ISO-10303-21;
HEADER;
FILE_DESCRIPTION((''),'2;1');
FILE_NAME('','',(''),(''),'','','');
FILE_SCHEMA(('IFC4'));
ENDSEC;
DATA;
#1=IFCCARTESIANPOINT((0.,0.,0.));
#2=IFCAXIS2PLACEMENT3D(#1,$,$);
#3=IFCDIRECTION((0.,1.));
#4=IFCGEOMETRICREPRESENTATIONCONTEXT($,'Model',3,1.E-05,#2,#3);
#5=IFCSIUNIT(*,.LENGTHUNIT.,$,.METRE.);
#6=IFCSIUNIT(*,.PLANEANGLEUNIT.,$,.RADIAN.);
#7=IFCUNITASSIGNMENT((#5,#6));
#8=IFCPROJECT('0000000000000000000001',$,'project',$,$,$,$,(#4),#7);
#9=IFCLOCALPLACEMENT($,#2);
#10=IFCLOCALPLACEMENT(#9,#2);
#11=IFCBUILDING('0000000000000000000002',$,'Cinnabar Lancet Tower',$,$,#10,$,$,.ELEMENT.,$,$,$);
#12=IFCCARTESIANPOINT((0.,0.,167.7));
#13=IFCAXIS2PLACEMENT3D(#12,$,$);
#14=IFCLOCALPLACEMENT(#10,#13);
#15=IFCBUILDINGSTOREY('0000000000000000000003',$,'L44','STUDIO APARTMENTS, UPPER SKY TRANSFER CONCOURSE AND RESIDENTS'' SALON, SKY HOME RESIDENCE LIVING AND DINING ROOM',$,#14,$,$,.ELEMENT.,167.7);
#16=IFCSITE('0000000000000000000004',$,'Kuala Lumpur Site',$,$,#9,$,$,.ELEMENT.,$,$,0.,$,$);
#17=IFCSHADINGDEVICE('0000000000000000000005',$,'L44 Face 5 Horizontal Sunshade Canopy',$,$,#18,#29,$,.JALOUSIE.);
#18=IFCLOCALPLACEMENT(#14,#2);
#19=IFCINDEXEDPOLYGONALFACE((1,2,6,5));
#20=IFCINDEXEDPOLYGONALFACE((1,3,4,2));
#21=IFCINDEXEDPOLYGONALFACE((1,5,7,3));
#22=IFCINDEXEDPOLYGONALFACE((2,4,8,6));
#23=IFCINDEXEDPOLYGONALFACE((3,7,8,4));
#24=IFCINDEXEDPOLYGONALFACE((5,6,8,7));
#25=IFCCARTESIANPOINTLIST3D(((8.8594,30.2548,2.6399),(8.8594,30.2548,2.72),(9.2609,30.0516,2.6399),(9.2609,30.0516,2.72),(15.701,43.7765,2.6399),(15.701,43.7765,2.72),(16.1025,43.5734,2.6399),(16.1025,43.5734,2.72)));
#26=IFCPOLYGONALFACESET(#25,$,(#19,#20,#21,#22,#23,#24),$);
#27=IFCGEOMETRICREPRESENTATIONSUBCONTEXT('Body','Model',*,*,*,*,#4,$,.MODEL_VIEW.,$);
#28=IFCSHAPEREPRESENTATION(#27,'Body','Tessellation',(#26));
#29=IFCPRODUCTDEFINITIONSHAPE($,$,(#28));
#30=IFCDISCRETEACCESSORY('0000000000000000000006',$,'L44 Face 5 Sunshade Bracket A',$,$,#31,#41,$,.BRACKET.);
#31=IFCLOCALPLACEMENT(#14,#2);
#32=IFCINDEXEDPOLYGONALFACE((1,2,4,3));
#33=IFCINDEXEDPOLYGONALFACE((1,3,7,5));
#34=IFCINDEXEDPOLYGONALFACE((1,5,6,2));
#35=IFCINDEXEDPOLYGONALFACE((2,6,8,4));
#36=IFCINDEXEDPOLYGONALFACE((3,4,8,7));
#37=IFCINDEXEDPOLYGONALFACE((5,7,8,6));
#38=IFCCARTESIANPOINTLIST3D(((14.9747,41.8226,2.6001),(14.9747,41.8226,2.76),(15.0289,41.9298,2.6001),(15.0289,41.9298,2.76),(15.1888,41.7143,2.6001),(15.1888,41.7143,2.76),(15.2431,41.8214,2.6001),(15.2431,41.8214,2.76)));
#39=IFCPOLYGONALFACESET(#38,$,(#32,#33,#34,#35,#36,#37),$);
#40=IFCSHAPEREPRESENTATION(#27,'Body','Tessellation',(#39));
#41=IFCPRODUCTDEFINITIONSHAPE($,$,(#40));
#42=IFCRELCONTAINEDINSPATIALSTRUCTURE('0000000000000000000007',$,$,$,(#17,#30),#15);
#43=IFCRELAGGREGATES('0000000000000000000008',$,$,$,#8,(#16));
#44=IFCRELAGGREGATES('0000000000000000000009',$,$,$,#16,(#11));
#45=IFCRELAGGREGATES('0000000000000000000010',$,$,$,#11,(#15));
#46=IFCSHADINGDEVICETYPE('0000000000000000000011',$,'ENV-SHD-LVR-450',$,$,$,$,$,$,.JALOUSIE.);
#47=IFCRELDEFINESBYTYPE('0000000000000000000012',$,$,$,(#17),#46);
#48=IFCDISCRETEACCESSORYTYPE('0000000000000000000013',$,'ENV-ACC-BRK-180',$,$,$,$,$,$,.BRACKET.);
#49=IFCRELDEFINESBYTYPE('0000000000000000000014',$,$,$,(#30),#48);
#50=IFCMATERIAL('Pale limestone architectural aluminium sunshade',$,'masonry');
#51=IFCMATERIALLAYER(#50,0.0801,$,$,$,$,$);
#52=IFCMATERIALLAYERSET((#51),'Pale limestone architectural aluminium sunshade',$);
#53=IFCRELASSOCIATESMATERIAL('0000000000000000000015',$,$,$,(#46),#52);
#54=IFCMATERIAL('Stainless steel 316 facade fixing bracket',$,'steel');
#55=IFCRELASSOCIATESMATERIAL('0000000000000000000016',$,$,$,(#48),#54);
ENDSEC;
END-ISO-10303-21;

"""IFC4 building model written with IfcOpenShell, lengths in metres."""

from ifc_helpers import new_model, si_unit, direction, frame, origin, origin_2d, place, context, subcontext, project, spatial, rectangle, extrude, material, layer, layer_set, type_object, element, save


model = new_model("IFC4")

# Units and contexts
model_context = context("Model", 3, precision=1e-05, world=origin(), true_north=direction((0.0, 1.0)))
body_context = subcontext(model_context, "Body", "Model", "MODEL_VIEW")
ifc_project = project(units=[si_unit("LENGTHUNIT", "METRE"), si_unit("PLANEANGLEUNIT", "RADIAN")], contexts=[model_context])

# Site, building, storey
site_placement = place(None, origin())
site = spatial("IfcSite", under=ifc_project, at=site_placement, Name="Kuala Lumpur Site", CompositionType="ELEMENT", RefElevation=0.0)
building_placement = place(site_placement, origin())
building = spatial("IfcBuilding", under=site, at=building_placement, Name="Cinnabar Lancet Tower", CompositionType="ELEMENT")
storey_placement = place(building_placement, frame((0.0, 0.0, 167.7)))
storey = spatial("IfcBuildingStorey", under=building, at=storey_placement, Name="L44", Description="STUDIO APARTMENTS, UPPER SKY TRANSFER CONCOURSE AND RESIDENTS' SALON, SKY HOME RESIDENCE LIVING AND DINING ROOM", CompositionType="ELEMENT", Elevation=167.7)

# Shading device
ifc_material_1 = material(Name="Pale limestone architectural aluminium sunshade", Category="masonry")
ifc_layer_1 = layer(ifc_material_1, 0.0801)
ifc_layer_set_1 = layer_set([ifc_layer_1], Name="Pale limestone architectural aluminium sunshade")
shading_device_type = type_object("IfcShadingDeviceType", Name="ENV-SHD-LVR-450", PredefinedType="JALOUSIE", material=ifc_layer_set_1)
shading_device_placement = place(storey_placement, frame((12.481, 36.9141, 2.6399), z_axis=(0.0, 0.0, 1.0), x_axis=(-0.451469, -0.892287, 0.0)))
element("IfcShadingDevice", 1, at=shading_device_placement, inside=storey, type_object=shading_device_type, Name="L44 Face 5 Horizontal Sunshade Canopy", PredefinedType="JALOUSIE", context=body_context, shape_type="SweptSolid", body=[
    extrude(rectangle(XDim=15.1541, YDim=0.45, at=origin_2d()), origin(), (0.0, 0.0, 1.0), 0.0801),
])

# Discrete accessory
ifc_material_2 = material(Name="Stainless steel 316 facade fixing bracket", Category="steel")
discrete_accessory_type = type_object("IfcDiscreteAccessoryType", Name="ENV-ACC-BRK-180", PredefinedType="BRACKET", material=ifc_material_2)
discrete_accessory_placement = place(storey_placement, frame((15.1089, 41.822, 2.6001), z_axis=(0.0, 0.0, 1.0), x_axis=(-0.451469, -0.892287, 0.0)))
element("IfcDiscreteAccessory", 2, at=discrete_accessory_placement, inside=storey, type_object=discrete_accessory_type, Name="L44 Face 5 Sunshade Bracket A", PredefinedType="BRACKET", context=body_context, shape_type="SweptSolid", body=[
    extrude(rectangle(XDim=0.1201, YDim=0.24, at=origin_2d()), origin(), (0.0, 0.0, 1.0), 0.1599),
])

save(model, "model.ifc")
